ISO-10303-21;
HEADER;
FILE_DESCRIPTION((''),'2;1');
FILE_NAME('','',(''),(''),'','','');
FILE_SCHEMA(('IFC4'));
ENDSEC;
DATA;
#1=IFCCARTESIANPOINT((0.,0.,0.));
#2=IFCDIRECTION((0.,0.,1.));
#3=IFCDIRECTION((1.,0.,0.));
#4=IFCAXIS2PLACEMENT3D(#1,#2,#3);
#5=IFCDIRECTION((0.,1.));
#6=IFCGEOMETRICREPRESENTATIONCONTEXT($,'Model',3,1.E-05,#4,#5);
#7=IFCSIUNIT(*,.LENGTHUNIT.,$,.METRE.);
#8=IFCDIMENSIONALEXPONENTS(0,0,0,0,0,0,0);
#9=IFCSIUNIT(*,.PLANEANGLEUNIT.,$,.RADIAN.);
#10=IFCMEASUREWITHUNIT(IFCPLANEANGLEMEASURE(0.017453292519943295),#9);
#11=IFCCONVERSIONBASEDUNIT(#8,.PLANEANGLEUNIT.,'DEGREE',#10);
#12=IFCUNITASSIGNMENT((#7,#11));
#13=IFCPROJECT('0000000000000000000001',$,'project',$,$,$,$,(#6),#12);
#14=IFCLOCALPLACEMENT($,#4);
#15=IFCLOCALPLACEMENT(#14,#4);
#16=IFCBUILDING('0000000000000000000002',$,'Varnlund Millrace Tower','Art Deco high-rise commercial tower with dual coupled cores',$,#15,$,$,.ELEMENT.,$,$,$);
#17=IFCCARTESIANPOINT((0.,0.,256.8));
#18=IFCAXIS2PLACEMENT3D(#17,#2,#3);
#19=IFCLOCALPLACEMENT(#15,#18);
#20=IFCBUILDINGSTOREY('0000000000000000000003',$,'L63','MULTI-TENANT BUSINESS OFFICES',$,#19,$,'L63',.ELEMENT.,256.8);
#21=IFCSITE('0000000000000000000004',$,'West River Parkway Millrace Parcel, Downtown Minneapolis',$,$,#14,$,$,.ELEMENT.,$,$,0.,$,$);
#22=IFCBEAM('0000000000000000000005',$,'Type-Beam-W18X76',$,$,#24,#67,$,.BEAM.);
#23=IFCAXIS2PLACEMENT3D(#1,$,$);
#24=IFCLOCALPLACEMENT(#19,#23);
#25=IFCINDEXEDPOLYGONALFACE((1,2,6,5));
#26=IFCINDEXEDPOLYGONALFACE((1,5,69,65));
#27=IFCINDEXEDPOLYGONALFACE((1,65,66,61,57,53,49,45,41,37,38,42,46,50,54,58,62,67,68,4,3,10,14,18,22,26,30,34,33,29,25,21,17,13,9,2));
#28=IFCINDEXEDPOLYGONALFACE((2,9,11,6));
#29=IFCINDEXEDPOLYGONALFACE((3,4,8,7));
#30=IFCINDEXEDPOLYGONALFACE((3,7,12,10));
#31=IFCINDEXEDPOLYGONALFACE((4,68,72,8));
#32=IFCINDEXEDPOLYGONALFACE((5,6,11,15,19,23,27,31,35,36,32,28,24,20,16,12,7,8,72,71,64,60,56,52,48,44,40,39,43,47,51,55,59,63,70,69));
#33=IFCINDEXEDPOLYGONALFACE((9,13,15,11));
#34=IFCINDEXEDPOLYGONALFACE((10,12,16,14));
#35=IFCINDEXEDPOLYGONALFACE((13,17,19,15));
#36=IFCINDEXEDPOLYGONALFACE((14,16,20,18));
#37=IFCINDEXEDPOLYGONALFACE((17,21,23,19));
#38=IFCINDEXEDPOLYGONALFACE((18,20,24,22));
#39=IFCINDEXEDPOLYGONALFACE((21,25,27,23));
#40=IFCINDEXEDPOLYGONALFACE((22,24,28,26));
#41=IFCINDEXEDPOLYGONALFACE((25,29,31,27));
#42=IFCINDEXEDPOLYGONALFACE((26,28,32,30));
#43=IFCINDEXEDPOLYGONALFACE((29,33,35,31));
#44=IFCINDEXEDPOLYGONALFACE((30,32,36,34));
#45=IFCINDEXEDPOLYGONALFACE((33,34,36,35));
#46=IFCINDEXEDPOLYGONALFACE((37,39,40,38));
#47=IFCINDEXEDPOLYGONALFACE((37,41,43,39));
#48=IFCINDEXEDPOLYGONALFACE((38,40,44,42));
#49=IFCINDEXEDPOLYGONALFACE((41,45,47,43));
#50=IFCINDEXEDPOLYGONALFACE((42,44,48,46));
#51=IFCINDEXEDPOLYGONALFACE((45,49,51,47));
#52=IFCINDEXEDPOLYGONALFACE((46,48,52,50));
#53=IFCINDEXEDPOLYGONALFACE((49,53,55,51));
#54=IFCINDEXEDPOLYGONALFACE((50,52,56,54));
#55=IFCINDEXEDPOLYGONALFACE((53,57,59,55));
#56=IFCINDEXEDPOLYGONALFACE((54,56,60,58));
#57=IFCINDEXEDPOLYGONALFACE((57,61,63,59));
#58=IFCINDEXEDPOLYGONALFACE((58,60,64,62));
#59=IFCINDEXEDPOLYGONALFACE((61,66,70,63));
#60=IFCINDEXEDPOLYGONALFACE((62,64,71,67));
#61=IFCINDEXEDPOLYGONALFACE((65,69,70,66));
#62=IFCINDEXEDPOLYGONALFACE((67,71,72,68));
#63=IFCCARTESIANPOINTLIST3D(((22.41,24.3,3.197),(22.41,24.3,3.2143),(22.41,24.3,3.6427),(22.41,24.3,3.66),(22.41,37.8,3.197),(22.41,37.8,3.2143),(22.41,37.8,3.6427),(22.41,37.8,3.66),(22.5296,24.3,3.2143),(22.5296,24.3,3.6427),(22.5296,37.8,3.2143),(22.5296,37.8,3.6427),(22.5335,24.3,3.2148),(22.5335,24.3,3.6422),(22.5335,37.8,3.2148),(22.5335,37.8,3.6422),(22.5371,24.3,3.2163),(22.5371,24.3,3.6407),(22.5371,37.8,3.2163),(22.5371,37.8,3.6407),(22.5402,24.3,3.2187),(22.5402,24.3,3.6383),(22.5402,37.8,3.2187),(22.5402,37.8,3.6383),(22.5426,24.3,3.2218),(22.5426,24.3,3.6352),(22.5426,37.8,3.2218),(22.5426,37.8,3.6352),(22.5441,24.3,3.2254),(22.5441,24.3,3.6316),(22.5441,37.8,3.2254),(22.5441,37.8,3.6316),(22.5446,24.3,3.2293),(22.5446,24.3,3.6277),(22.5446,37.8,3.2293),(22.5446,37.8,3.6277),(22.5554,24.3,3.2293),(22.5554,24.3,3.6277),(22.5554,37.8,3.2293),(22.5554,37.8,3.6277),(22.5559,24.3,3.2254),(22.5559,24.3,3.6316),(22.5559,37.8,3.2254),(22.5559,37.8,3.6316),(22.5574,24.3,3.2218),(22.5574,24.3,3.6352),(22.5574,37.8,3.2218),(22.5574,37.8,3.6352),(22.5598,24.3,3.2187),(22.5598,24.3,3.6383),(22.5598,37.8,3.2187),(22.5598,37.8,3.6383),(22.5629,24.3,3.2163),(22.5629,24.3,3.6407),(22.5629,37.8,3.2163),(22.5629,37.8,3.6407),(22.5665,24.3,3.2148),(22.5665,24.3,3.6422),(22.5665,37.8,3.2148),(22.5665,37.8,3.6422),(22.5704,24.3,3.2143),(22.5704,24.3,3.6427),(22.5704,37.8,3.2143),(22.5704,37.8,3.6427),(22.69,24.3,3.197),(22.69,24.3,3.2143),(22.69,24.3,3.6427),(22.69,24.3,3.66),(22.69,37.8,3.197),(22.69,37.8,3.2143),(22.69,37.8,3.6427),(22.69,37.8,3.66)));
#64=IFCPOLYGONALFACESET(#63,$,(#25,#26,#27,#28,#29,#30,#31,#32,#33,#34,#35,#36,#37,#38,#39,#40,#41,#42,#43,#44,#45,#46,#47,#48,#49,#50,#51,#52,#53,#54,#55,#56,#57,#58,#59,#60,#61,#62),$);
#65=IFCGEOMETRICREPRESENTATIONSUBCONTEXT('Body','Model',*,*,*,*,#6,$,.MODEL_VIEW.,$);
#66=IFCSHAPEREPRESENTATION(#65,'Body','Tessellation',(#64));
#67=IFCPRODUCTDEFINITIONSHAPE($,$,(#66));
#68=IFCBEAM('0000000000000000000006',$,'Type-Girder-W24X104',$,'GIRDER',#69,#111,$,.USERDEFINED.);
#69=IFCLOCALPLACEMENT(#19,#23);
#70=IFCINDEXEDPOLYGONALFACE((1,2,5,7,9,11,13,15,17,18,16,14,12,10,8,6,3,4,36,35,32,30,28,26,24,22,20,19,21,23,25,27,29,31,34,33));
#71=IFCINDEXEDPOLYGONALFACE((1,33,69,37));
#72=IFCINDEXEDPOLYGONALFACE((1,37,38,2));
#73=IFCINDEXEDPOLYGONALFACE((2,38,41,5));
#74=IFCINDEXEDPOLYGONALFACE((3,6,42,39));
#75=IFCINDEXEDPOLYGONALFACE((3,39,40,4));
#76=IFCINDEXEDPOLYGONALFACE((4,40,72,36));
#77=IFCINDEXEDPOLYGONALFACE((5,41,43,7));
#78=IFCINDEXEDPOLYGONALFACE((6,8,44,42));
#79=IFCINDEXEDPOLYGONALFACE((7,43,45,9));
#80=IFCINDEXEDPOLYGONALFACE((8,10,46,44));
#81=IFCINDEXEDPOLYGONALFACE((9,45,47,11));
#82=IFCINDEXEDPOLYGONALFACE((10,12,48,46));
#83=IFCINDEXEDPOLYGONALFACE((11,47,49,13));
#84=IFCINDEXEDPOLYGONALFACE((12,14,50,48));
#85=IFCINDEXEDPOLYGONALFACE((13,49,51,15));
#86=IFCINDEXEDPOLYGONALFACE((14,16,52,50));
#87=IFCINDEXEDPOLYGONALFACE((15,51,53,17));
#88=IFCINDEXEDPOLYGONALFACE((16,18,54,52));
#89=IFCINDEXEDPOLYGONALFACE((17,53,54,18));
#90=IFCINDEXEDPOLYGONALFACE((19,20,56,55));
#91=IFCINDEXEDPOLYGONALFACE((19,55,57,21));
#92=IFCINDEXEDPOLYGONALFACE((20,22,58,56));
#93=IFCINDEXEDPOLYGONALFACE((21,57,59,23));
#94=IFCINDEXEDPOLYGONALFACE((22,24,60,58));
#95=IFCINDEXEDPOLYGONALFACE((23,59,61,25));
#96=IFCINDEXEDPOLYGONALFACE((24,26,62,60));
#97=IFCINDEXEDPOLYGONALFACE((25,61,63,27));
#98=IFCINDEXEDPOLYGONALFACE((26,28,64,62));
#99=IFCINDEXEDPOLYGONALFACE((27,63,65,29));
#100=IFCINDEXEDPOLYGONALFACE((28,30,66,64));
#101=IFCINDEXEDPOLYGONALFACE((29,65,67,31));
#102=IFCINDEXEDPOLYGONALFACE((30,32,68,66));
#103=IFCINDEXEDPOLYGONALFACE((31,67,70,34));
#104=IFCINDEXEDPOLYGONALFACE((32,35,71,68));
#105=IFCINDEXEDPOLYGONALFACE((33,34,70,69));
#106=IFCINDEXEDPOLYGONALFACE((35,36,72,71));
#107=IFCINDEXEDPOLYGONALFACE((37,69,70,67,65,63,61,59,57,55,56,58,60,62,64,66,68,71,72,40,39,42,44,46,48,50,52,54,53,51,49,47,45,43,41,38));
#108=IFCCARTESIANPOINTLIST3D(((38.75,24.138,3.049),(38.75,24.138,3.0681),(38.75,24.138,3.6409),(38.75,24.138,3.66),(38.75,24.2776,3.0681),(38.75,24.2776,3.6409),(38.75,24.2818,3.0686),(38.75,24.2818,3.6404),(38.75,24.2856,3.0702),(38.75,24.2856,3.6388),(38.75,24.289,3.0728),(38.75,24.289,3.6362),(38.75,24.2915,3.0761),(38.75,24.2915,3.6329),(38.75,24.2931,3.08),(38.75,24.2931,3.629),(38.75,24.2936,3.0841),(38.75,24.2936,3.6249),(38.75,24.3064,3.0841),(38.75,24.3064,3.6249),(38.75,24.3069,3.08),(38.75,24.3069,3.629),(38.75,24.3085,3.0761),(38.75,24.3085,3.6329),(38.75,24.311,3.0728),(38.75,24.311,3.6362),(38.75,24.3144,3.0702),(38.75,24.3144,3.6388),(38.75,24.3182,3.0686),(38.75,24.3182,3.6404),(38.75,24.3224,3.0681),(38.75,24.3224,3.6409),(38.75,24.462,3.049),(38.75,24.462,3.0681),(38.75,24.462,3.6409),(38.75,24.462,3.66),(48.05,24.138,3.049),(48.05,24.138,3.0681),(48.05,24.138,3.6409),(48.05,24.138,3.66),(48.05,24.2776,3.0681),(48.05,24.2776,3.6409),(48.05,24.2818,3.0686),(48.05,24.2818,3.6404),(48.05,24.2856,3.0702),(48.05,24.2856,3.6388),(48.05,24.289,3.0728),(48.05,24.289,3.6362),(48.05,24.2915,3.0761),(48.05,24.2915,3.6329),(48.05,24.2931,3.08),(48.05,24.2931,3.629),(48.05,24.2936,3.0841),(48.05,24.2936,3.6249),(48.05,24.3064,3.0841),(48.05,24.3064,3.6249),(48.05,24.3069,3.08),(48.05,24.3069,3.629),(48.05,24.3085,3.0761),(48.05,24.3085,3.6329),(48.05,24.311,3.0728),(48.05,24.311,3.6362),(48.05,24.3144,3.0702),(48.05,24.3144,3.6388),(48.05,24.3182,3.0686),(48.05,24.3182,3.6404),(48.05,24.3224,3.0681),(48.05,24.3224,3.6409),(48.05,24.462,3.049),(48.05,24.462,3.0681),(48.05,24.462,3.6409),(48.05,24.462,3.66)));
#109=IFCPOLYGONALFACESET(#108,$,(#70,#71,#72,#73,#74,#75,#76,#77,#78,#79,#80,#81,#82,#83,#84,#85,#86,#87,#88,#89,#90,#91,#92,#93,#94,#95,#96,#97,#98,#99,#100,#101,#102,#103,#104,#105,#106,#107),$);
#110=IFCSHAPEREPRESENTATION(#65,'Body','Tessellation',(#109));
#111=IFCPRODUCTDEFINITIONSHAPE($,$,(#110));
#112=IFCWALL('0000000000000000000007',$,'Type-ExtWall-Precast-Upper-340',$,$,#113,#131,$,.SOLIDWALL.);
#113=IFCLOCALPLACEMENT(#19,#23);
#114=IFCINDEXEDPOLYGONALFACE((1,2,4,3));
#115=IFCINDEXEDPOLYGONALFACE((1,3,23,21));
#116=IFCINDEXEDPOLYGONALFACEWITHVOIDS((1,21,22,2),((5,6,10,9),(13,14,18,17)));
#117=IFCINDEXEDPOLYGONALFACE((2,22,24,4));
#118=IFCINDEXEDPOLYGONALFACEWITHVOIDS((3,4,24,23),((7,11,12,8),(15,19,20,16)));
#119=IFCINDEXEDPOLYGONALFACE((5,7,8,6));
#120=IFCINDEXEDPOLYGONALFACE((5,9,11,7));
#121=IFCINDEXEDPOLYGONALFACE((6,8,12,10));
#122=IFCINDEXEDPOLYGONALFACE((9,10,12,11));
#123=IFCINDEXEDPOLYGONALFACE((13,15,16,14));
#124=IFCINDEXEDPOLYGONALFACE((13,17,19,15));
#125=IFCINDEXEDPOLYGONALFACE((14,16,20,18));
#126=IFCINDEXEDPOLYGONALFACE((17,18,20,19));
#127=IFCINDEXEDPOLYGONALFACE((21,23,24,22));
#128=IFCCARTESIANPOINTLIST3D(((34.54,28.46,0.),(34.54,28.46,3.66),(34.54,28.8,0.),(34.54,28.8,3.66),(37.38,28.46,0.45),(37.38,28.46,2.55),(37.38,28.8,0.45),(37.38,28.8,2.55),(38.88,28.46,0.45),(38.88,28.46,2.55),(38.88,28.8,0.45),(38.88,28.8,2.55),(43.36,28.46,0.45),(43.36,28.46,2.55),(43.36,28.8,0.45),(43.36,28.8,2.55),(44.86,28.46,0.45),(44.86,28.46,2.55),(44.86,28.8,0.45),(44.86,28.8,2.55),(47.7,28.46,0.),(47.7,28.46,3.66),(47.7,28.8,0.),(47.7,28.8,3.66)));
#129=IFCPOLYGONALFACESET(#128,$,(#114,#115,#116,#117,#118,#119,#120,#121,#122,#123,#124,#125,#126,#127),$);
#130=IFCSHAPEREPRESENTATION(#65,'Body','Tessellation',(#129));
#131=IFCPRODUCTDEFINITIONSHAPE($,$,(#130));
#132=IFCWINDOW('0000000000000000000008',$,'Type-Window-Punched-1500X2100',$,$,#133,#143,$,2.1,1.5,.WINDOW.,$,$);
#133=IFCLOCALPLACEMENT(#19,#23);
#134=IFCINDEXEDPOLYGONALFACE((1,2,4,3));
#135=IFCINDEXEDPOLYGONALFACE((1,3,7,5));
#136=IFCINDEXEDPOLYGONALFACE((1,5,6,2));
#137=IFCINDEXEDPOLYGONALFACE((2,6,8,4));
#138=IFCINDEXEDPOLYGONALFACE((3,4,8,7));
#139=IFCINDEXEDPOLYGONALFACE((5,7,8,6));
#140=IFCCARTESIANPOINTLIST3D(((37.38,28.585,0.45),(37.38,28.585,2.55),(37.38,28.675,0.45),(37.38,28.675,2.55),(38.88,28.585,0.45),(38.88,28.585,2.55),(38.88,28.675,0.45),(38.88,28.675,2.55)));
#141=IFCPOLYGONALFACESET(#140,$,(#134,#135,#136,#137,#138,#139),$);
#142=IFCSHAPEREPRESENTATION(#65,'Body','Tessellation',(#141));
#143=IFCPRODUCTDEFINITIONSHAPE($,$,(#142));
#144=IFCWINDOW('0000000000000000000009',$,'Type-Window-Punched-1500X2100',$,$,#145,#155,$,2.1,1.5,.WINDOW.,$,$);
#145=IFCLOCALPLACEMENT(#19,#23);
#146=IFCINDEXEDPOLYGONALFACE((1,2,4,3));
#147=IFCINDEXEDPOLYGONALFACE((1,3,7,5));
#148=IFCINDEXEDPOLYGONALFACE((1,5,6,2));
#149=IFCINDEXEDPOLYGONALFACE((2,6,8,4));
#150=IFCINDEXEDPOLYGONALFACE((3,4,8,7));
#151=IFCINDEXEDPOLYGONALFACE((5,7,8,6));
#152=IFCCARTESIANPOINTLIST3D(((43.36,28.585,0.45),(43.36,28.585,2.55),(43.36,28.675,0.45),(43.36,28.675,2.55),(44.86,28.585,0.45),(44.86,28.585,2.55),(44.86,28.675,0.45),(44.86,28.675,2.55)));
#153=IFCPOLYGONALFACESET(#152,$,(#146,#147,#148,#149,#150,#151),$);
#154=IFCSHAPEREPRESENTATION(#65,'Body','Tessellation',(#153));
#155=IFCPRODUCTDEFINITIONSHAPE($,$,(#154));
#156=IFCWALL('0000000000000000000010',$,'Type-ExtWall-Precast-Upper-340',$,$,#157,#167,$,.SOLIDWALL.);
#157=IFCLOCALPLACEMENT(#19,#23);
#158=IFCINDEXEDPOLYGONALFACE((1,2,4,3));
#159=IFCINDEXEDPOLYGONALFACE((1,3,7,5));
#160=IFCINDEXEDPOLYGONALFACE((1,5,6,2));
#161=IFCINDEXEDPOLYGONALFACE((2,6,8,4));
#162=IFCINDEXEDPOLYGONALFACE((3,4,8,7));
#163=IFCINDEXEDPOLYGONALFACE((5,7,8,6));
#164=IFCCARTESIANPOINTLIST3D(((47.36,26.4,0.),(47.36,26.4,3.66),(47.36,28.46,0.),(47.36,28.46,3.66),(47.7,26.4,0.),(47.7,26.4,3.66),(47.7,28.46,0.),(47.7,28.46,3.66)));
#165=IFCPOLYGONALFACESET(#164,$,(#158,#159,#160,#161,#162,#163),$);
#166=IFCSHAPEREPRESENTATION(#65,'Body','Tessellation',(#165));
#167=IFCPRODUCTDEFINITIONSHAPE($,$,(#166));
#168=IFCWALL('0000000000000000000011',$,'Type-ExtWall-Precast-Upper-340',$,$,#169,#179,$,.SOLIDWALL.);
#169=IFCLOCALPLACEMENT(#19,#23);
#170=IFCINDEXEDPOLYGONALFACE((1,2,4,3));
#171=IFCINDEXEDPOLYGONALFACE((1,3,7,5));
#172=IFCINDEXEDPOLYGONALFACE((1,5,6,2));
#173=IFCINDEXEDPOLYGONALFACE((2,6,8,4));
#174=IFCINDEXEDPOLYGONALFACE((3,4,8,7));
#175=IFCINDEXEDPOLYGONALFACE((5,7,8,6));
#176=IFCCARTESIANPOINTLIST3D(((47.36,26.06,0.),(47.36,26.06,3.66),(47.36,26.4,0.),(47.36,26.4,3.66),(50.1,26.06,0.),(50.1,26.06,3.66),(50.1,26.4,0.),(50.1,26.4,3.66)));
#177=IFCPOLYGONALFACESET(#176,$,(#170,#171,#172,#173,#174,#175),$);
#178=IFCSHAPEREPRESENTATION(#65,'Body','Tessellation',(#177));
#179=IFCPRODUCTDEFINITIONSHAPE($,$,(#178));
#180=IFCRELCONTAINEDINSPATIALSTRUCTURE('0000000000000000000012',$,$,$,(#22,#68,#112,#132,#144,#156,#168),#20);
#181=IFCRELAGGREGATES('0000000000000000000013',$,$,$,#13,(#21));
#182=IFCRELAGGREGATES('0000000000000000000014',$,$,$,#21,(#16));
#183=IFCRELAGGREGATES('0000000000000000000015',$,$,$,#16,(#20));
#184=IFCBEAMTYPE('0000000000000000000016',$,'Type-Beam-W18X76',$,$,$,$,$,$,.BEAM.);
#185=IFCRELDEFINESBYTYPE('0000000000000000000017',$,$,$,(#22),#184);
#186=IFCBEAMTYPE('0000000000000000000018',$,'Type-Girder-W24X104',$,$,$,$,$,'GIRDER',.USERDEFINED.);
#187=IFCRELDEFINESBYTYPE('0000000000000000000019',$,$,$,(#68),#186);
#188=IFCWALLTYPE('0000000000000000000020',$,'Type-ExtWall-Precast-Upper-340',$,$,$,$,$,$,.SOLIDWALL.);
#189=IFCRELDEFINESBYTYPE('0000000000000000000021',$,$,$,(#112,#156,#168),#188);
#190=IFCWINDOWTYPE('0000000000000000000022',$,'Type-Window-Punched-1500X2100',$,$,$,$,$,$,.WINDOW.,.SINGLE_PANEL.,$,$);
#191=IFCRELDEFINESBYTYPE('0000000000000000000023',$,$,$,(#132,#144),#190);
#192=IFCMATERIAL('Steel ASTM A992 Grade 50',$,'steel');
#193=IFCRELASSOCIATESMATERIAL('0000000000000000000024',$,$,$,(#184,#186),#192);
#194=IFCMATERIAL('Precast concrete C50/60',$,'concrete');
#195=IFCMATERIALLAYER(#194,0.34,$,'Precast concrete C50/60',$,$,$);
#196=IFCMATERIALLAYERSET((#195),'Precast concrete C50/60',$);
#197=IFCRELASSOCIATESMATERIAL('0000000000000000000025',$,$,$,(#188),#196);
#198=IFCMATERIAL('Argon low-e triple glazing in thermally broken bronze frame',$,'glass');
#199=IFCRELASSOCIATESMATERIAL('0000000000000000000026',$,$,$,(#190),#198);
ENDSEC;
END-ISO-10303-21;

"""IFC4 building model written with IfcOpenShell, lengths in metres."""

from ifc_helpers import new_model, entity, si_unit, converted_unit, direction, frame, origin_with_axes, origin_2d_with_axis, place, context, subcontext, project, spatial, polyline, rectangle, i_section, outline, extrude, material, layer, layer_set, material_profile, profile_set, type_object, element, fill, save


model = new_model("IFC4")

# Units and contexts
model_context = context("Model", 3, precision=1e-05, world=origin_with_axes(), true_north=direction((0.0, 1.0)))
body_context = subcontext(model_context, "Body", "Model", "MODEL_VIEW")
ifc_project = project(units=[si_unit("LENGTHUNIT", "METRE"), converted_unit("PLANEANGLEUNIT", "DEGREE", entity("IfcPlaneAngleMeasure", 0.017453292519943295), si_unit("PLANEANGLEUNIT", "RADIAN"), dimensions=[0, 0, 0, 0, 0, 0, 0])], contexts=[model_context])

# Site, building, storey
site_placement = place(None, origin_with_axes())
site = spatial("IfcSite", under=ifc_project, at=site_placement, Name="West River Parkway Millrace Parcel, Downtown Minneapolis", CompositionType="ELEMENT", RefElevation=0.0)
building_placement = place(site_placement, origin_with_axes())
building = spatial("IfcBuilding", under=site, at=building_placement, Name="Varnlund Millrace Tower", Description="Art Deco high-rise commercial tower with dual coupled cores", CompositionType="ELEMENT")
storey_placement = place(building_placement, frame((0.0, 0.0, 256.8), z_axis=(0.0, 0.0, 1.0), x_axis=(1.0, 0.0, 0.0)))
storey = spatial("IfcBuildingStorey", under=building, at=storey_placement, Name="L63", Description="MULTI-TENANT BUSINESS OFFICES", LongName="L63", CompositionType="ELEMENT", Elevation=256.8)

# Beams
ifc_material_1 = material(Name="Steel ASTM A992 Grade 50", Category="steel")
ifc_material_profile_1 = material_profile(ifc_material_1, i_section(OverallWidth=0.28, OverallDepth=0.463, WebThickness=0.0108, FlangeThickness=0.0173, FilletRadius=0.015, at=origin_2d_with_axis()), Name="Steel ASTM A992 Grade 50")
ifc_profile_set_1 = profile_set([ifc_material_profile_1], Name="Steel ASTM A992 Grade 50")
beam_type_1 = type_object("IfcBeamType", Name="Type-Beam-W18X76", PredefinedType="BEAM", material=ifc_profile_set_1)
beam_1_placement = place(storey_placement, frame((22.55, 24.3, 3.4285), z_axis=(0.0, 1.0, 0.0), x_axis=(-1.0, 0.0, 0.0)))
element("IfcBeam", 1, at=beam_1_placement, inside=storey, type_object=beam_type_1, Name="Type-Beam-W18X76", PredefinedType="BEAM", context=body_context, shape_type="SweptSolid", body=[
    extrude(i_section(OverallWidth=0.28, OverallDepth=0.463, WebThickness=0.0108, FlangeThickness=0.0173, FilletRadius=0.015, at=origin_2d_with_axis()), origin_with_axes(), (0.0, 0.0, 1.0), 13.5),
])
ifc_material_profile_2 = material_profile(ifc_material_1, i_section(OverallWidth=0.324, OverallDepth=0.611, WebThickness=0.0127, FlangeThickness=0.0191, FilletRadius=0.016, at=origin_2d_with_axis()), Name="Steel ASTM A992 Grade 50")
ifc_profile_set_2 = profile_set([ifc_material_profile_2], Name="Steel ASTM A992 Grade 50")
beam_type_2 = type_object("IfcBeamType", Name="Type-Girder-W24X104", ElementType="GIRDER", PredefinedType="USERDEFINED", material=ifc_profile_set_2)
beam_2_placement = place(storey_placement, frame((38.75, 24.3, 3.3545), z_axis=(1.0, 0.0, 0.0), x_axis=(0.0, 1.0, 0.0)))
element("IfcBeam", 2, at=beam_2_placement, inside=storey, type_object=beam_type_2, Name="Type-Girder-W24X104", ObjectType="GIRDER", PredefinedType="USERDEFINED", context=body_context, shape_type="SweptSolid", body=[
    extrude(i_section(OverallWidth=0.324, OverallDepth=0.611, WebThickness=0.0127, FlangeThickness=0.0191, FilletRadius=0.016, at=origin_2d_with_axis()), origin_with_axes(), (0.0, 0.0, 1.0), 9.3),
])

# Wall, openings, windows
ifc_material_2 = material(Name="Precast concrete C50/60", Category="concrete")
ifc_layer_1 = layer(ifc_material_2, 0.34, Name="Precast concrete C50/60")
ifc_layer_set_1 = layer_set([ifc_layer_1], Name="Precast concrete C50/60")
wall_type_1 = type_object("IfcWallType", Name="Type-ExtWall-Precast-Upper-340", PredefinedType="SOLIDWALL", material=ifc_layer_set_1)
wall_1_placement = place(storey_placement, frame((34.54, 28.63, 0.0), z_axis=(0.0, 0.0, 1.0), x_axis=(1.0, 0.0, 0.0)))
wall_1 = element("IfcWall", 3, at=wall_1_placement, inside=storey, type_object=wall_type_1, Name="Type-ExtWall-Precast-Upper-340", PredefinedType="SOLIDWALL", context=body_context, shape_type="SweptSolid", body=[
    extrude(outline(polyline([(0.0, -0.17), (13.16, -0.17), (13.16, 0.17), (0.0, 0.17), (0.0, -0.17)])), origin_with_axes(), (0.0, 0.0, 1.0), 3.66),
])
opening_1_placement = place(wall_1_placement, frame((3.59, 0.0, 0.45), z_axis=(0.0, 0.0, 1.0), x_axis=(1.0, 0.0, 0.0)))
opening_1 = element("IfcOpeningElement", 4, at=opening_1_placement, cuts=wall_1, PredefinedType="OPENING", context=body_context, shape_type="SweptSolid", body=[
    extrude(rectangle(XDim=1.5, YDim=0.36, at=origin_2d_with_axis()), origin_with_axes(), (0.0, 0.0, 1.0), 2.1),
])
opening_2_placement = place(wall_1_placement, frame((9.57, 0.0, 0.45), z_axis=(0.0, 0.0, 1.0), x_axis=(1.0, 0.0, 0.0)))
opening_2 = element("IfcOpeningElement", 5, at=opening_2_placement, cuts=wall_1, PredefinedType="OPENING", context=body_context, shape_type="SweptSolid", body=[
    extrude(rectangle(XDim=1.5, YDim=0.36, at=origin_2d_with_axis()), origin_with_axes(), (0.0, 0.0, 1.0), 2.1),
])
ifc_material_3 = material(Name="Argon low-e triple glazing in thermally broken bronze frame", Category="glass")
window_type = type_object("IfcWindowType", Name="Type-Window-Punched-1500X2100", PartitioningType="SINGLE_PANEL", PredefinedType="WINDOW", material=ifc_material_3)
window_1_placement = place(wall_1_placement, frame((3.59, 0.0, 0.45), z_axis=(0.0, 0.0, 1.0), x_axis=(1.0, 0.0, 0.0)))
window_1 = element("IfcWindow", 6, at=window_1_placement, inside=storey, type_object=window_type, Name="Type-Window-Punched-1500X2100", OverallHeight=2.1, OverallWidth=1.5, PredefinedType="WINDOW", context=body_context, shape_type="SweptSolid", body=[
    extrude(rectangle(XDim=1.5, YDim=0.09, at=origin_2d_with_axis()), origin_with_axes(), (0.0, 0.0, 1.0), 2.1),
])
fill(opening_1, window_1)
window_2_placement = place(wall_1_placement, frame((9.57, 0.0, 0.45), z_axis=(0.0, 0.0, 1.0), x_axis=(1.0, 0.0, 0.0)))
window_2 = element("IfcWindow", 7, at=window_2_placement, inside=storey, type_object=window_type, Name="Type-Window-Punched-1500X2100", OverallHeight=2.1, OverallWidth=1.5, PredefinedType="WINDOW", context=body_context, shape_type="SweptSolid", body=[
    extrude(rectangle(XDim=1.5, YDim=0.09, at=origin_2d_with_axis()), origin_with_axes(), (0.0, 0.0, 1.0), 2.1),
])
fill(opening_2, window_2)

# Walls
wall_2_placement = place(storey_placement, frame((47.53, 28.46, 0.0), z_axis=(0.0, 0.0, 1.0), x_axis=(0.0, -1.0, 0.0)))
element("IfcWall", 8, at=wall_2_placement, inside=storey, type_object=wall_type_1, Name="Type-ExtWall-Precast-Upper-340", PredefinedType="SOLIDWALL", context=body_context, shape_type="SweptSolid", body=[
    extrude(outline(polyline([(0.0, -0.17), (2.06, -0.17), (2.06, 0.17), (0.0, 0.17), (0.0, -0.17)])), origin_with_axes(), (0.0, 0.0, 1.0), 3.66),
])
wall_3_placement = place(storey_placement, frame((47.36, 26.23, 0.0), z_axis=(0.0, 0.0, 1.0), x_axis=(1.0, 0.0, 0.0)))
element("IfcWall", 9, at=wall_3_placement, inside=storey, type_object=wall_type_1, Name="Type-ExtWall-Precast-Upper-340", PredefinedType="SOLIDWALL", context=body_context, shape_type="SweptSolid", body=[
    extrude(outline(polyline([(0.0, -0.17), (2.74, -0.17), (2.74, 0.17), (0.0, 0.17), (0.0, -0.17)])), origin_with_axes(), (0.0, 0.0, 1.0), 3.66),
])

save(model, "model.ifc")
